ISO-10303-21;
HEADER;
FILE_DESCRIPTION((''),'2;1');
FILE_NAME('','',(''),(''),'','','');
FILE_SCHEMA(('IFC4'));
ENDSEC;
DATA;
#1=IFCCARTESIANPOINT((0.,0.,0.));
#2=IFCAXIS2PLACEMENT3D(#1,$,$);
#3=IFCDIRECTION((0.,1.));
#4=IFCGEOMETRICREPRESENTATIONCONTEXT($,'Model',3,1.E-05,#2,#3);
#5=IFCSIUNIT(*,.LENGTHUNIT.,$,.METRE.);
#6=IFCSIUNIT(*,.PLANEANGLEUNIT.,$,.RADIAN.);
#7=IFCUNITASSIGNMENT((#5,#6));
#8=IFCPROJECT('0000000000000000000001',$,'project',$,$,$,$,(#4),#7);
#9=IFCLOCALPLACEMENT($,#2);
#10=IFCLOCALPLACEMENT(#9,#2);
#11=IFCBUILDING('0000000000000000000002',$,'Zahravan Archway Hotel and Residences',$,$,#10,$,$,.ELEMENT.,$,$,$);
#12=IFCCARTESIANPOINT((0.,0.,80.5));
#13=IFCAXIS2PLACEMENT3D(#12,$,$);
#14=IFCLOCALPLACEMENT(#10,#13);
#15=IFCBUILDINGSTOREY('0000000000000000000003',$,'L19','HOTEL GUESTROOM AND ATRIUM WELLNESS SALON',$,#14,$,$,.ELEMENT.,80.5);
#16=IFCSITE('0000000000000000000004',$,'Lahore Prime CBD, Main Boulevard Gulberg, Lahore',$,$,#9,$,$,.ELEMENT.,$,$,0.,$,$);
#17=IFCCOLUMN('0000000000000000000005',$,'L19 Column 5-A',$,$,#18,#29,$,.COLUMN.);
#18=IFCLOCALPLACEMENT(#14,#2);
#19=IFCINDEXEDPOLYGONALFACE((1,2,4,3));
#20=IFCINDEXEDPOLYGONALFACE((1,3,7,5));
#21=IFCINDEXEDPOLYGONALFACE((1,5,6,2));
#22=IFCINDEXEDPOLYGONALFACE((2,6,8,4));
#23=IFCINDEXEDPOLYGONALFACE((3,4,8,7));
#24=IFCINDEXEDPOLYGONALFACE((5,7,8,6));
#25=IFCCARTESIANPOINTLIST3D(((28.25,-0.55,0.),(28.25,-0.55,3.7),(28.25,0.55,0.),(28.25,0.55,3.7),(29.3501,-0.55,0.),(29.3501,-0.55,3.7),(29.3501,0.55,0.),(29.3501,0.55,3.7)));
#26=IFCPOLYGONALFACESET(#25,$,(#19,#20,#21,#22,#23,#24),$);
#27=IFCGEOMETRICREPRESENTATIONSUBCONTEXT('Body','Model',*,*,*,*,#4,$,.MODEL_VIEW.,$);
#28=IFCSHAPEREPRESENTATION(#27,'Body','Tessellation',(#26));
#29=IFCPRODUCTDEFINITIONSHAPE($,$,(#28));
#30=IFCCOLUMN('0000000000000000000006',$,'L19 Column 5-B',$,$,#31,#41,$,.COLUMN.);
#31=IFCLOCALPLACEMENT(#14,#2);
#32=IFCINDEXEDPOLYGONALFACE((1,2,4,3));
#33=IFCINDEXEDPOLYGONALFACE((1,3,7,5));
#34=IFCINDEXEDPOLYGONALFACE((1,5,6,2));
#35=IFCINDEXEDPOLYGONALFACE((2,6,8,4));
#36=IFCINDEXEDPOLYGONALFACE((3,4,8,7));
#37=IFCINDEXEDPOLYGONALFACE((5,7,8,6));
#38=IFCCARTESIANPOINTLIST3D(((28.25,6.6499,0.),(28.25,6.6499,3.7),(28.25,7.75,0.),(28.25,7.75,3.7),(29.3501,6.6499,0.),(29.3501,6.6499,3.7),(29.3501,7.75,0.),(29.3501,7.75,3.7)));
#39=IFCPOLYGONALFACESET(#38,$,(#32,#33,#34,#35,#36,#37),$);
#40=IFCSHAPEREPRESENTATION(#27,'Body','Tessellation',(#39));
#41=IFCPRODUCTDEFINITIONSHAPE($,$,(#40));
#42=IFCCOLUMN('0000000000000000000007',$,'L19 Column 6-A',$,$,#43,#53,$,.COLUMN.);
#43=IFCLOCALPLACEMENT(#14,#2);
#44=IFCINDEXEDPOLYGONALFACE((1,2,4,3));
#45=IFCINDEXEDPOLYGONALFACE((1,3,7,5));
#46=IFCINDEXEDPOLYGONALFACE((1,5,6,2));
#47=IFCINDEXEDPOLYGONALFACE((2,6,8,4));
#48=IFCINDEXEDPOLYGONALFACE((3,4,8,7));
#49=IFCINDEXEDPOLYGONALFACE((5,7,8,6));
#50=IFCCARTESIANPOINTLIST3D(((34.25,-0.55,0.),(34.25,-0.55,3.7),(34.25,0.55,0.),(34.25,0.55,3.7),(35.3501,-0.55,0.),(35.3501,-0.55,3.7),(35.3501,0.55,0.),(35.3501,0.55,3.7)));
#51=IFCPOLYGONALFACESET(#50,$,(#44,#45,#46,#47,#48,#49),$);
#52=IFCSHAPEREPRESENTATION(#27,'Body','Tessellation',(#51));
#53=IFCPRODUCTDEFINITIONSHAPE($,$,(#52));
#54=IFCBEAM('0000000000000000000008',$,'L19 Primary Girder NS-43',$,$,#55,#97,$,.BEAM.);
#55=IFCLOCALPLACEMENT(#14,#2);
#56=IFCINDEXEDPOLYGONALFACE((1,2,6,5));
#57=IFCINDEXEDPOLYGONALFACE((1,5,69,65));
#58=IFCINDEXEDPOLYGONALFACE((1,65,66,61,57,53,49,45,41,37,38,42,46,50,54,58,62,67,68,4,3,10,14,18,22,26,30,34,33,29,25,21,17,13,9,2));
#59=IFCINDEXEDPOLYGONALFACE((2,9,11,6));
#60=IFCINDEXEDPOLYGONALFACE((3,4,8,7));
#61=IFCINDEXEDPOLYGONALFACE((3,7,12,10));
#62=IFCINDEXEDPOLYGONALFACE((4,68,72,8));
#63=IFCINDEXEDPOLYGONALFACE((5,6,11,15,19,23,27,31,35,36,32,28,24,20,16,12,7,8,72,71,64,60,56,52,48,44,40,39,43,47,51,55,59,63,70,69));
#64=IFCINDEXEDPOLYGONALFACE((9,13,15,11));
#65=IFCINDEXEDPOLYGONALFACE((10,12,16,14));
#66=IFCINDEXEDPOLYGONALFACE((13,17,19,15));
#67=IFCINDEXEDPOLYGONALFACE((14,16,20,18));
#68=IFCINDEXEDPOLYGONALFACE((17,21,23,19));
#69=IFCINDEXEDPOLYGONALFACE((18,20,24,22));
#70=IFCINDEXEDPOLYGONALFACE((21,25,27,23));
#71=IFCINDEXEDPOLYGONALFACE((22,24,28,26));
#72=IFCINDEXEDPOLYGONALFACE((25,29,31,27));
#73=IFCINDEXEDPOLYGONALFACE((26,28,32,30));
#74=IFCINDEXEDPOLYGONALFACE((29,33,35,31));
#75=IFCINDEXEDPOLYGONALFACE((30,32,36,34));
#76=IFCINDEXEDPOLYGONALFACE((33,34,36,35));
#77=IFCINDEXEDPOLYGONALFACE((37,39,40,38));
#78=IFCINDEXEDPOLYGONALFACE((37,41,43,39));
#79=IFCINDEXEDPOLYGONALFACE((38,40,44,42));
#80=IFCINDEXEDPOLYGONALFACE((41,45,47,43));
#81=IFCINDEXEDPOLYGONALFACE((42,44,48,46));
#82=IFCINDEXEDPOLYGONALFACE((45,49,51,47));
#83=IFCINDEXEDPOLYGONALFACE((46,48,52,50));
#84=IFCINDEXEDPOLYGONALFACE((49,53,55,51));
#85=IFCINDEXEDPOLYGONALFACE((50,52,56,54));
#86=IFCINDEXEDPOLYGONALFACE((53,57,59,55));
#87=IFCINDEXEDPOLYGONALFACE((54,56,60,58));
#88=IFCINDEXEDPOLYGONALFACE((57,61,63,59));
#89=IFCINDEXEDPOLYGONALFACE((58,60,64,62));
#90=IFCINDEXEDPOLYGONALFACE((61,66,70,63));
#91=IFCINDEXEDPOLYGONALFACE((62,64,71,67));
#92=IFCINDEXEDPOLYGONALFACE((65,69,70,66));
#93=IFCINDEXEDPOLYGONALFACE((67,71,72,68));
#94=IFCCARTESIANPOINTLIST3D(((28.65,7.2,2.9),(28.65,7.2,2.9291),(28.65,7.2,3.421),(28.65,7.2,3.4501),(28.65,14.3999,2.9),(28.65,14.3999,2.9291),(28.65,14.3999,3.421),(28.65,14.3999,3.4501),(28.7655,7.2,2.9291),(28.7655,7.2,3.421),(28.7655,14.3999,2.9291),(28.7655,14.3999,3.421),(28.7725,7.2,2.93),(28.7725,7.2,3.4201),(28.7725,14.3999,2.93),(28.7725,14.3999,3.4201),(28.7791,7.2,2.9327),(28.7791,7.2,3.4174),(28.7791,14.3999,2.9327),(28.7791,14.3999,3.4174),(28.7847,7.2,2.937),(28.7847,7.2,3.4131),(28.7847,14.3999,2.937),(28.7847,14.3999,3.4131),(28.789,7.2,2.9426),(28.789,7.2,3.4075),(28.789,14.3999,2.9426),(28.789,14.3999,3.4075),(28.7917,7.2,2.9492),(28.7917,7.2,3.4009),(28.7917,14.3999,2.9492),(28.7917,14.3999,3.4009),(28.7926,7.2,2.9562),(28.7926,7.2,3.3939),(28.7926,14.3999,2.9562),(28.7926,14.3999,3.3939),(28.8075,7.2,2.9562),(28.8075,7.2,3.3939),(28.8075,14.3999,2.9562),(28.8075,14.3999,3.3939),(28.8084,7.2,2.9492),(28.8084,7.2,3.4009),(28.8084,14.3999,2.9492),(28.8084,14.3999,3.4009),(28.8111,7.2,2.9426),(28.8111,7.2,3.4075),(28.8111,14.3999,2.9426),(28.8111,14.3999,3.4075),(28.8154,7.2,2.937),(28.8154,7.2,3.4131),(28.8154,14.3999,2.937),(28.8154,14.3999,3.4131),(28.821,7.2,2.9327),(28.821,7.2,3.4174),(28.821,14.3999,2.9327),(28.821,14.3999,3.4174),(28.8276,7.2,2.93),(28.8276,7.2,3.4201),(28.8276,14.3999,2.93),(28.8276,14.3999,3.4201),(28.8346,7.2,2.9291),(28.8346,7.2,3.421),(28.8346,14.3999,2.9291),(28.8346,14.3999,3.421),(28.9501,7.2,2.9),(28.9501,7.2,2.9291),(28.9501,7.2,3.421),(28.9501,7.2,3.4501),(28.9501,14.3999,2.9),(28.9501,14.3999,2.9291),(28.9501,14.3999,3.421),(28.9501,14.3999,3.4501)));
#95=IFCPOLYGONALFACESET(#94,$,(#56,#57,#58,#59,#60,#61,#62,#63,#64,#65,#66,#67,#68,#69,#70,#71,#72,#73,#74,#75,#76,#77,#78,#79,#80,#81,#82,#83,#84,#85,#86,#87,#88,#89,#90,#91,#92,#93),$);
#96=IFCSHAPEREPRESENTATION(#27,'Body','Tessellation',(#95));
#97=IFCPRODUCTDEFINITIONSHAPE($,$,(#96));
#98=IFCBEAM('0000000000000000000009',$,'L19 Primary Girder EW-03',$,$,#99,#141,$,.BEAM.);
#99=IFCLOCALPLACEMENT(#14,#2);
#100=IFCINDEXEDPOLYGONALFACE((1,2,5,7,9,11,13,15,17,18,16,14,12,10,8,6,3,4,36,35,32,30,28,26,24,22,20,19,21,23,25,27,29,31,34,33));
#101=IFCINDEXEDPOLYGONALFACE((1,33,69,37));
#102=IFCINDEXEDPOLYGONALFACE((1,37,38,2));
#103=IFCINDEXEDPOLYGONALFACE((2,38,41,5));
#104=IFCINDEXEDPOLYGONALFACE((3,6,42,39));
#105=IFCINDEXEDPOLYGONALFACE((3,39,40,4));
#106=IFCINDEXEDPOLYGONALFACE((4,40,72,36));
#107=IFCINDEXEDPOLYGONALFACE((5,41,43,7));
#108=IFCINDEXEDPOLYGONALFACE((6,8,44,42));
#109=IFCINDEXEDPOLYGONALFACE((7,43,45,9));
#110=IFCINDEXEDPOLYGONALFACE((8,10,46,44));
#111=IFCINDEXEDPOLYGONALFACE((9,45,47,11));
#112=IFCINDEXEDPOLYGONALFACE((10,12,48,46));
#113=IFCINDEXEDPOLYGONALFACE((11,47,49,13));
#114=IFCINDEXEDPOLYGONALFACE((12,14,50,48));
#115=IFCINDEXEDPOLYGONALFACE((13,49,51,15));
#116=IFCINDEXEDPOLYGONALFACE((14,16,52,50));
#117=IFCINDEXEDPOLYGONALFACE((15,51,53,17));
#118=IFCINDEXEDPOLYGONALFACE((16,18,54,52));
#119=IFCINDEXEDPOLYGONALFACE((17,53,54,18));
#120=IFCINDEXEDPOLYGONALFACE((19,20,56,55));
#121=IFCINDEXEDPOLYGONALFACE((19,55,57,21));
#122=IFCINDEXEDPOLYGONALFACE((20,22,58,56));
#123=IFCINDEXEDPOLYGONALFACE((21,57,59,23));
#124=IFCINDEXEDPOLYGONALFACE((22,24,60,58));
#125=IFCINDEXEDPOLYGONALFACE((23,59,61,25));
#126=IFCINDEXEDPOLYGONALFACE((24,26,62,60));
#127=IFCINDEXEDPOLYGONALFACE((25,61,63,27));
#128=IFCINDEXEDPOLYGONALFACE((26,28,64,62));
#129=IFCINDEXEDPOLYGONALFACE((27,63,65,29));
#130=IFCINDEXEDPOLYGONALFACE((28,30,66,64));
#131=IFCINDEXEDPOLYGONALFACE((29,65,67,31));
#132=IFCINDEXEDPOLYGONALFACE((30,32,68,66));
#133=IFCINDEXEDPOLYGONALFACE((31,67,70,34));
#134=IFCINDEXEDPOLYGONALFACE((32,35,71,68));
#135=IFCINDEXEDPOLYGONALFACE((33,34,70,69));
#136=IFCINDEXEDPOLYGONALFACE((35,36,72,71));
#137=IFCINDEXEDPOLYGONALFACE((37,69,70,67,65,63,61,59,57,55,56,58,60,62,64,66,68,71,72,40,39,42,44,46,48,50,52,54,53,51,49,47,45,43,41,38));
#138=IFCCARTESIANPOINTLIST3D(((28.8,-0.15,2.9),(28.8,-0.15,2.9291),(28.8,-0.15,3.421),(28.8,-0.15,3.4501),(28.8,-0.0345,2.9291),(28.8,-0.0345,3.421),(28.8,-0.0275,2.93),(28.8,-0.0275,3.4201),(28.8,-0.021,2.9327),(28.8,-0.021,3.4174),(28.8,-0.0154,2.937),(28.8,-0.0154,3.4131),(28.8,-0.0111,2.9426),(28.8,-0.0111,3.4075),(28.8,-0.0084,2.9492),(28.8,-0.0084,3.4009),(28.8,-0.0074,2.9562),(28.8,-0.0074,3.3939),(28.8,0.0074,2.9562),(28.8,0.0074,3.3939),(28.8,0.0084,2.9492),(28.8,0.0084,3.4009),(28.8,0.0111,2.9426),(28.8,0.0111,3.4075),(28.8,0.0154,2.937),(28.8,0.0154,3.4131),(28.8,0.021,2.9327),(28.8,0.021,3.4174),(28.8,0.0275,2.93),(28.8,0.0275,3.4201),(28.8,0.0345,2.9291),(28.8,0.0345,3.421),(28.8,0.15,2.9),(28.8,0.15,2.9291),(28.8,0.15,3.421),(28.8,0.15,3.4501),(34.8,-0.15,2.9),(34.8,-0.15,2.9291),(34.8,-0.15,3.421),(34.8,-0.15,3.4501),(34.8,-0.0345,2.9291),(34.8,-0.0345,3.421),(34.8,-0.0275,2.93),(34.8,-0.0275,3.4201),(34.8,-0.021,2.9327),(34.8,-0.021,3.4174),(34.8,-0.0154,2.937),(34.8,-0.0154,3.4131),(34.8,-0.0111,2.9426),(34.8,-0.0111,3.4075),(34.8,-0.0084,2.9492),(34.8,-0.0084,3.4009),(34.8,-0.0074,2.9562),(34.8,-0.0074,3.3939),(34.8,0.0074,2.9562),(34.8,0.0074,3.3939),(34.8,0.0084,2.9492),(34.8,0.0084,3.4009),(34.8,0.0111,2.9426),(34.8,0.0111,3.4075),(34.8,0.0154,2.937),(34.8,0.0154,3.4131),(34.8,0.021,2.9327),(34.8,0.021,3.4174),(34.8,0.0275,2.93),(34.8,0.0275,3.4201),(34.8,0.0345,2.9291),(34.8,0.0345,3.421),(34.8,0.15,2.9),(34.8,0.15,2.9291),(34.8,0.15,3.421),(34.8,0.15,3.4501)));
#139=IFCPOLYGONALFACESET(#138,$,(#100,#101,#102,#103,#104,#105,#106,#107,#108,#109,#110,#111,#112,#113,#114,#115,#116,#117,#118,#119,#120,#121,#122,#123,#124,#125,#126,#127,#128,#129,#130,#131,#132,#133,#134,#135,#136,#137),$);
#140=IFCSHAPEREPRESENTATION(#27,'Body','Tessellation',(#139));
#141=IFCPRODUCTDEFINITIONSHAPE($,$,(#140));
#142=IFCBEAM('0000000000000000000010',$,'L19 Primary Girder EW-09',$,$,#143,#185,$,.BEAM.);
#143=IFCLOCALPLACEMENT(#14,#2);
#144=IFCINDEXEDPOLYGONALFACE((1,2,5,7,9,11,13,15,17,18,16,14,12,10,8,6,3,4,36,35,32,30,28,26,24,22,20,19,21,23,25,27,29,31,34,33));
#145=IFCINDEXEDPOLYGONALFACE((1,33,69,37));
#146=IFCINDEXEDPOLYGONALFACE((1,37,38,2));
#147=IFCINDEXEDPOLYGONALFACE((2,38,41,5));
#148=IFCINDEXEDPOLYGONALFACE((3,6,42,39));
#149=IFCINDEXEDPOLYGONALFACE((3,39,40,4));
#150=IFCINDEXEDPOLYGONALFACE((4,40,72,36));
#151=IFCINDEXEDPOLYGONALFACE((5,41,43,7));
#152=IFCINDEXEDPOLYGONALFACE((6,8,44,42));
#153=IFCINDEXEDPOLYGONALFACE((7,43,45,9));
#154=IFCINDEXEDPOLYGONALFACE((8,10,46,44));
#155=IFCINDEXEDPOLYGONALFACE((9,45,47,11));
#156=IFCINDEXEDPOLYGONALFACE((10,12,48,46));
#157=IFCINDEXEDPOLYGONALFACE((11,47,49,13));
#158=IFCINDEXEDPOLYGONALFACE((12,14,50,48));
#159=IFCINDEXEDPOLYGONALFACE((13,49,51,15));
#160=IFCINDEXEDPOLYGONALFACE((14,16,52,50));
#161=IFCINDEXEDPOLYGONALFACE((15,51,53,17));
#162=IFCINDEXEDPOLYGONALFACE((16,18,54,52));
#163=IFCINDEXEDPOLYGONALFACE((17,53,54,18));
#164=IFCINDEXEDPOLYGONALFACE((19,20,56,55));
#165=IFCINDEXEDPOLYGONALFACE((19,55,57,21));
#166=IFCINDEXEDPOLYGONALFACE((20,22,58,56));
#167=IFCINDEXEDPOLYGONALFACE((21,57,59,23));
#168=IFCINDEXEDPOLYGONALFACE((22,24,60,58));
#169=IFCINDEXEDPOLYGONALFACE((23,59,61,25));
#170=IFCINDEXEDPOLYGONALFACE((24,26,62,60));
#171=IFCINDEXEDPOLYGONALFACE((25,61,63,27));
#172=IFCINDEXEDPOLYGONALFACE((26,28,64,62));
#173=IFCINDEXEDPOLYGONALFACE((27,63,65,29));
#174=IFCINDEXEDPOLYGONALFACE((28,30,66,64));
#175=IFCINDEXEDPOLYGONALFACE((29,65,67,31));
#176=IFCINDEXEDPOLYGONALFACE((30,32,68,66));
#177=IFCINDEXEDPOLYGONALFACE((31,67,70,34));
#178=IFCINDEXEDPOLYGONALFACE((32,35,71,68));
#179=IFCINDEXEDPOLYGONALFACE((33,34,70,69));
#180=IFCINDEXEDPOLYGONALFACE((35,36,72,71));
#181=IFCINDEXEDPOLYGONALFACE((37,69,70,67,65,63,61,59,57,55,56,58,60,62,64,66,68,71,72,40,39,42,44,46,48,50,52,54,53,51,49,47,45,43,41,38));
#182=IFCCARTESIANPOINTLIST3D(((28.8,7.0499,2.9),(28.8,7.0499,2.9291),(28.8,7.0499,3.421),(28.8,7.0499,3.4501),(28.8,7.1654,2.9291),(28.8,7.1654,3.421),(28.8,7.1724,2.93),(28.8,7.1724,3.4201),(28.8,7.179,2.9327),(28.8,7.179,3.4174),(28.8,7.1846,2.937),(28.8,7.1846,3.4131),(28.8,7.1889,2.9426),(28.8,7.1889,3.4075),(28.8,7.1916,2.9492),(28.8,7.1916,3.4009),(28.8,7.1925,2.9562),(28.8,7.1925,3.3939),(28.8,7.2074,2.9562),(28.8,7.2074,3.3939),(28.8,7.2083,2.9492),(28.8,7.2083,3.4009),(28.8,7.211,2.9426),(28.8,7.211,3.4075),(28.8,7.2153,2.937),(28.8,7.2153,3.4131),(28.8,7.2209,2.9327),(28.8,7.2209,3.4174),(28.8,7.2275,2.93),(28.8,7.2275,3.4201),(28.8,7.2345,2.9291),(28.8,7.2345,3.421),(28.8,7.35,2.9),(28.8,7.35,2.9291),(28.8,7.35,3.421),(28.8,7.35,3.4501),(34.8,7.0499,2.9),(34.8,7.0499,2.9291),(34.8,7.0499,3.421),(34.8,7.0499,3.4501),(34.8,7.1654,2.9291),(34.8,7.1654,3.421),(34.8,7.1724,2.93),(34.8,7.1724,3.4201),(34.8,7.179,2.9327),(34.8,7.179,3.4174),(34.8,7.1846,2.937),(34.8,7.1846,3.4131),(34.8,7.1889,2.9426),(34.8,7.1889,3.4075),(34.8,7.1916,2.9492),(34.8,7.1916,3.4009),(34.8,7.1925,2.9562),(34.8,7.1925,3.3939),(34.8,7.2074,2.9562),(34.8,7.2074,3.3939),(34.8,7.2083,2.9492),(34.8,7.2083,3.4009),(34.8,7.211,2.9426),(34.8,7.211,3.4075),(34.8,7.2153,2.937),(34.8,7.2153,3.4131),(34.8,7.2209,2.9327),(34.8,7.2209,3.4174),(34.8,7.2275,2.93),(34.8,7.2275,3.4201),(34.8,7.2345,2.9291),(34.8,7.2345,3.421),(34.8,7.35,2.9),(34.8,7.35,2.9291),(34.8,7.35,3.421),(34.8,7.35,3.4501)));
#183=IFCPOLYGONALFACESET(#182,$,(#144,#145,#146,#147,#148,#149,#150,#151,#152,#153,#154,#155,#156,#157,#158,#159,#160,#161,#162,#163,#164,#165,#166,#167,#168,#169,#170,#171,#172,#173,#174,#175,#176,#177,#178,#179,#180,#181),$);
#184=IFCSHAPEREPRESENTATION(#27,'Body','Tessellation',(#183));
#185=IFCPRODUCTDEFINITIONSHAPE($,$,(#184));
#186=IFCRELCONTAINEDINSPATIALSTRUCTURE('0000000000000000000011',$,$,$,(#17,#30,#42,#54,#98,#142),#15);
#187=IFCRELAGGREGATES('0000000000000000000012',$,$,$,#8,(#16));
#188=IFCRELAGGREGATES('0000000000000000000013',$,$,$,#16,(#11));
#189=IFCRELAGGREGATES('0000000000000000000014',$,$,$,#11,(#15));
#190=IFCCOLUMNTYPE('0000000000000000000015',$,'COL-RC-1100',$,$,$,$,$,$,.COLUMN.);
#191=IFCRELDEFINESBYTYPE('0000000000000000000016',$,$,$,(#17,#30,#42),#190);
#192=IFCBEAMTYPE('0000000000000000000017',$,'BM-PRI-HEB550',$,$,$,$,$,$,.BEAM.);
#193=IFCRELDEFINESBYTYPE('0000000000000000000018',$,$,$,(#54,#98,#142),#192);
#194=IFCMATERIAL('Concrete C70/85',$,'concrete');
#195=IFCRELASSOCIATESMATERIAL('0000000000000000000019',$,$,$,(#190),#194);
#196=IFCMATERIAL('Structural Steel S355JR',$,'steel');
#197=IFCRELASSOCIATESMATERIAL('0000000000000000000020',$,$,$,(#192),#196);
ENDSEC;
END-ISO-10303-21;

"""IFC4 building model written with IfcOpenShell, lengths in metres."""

from ifc_helpers import new_model, si_unit, direction, frame, origin, origin_2d, place, context, subcontext, project, spatial, rectangle, i_section, extrude, source, transform, mapped, material, material_profile, profile_set, type_object, element, save


model = new_model("IFC4")

# Units and contexts
model_context = context("Model", 3, precision=1e-05, world=origin(), true_north=direction((0.0, 1.0)))
body_context = subcontext(model_context, "Body", "Model", "MODEL_VIEW")
ifc_project = project(units=[si_unit("LENGTHUNIT", "METRE"), si_unit("PLANEANGLEUNIT", "RADIAN")], contexts=[model_context])

# Site, building, storey
site_placement = place(None, origin())
site = spatial("IfcSite", under=ifc_project, at=site_placement, Name="Lahore Prime CBD, Main Boulevard Gulberg, Lahore", CompositionType="ELEMENT", RefElevation=0.0)
building_placement = place(site_placement, origin())
building = spatial("IfcBuilding", under=site, at=building_placement, Name="Zahravan Archway Hotel and Residences", CompositionType="ELEMENT")
storey_placement = place(building_placement, frame((0.0, 0.0, 80.5)))
storey = spatial("IfcBuildingStorey", under=building, at=storey_placement, Name="L19", Description="HOTEL GUESTROOM AND ATRIUM WELLNESS SALON", CompositionType="ELEMENT", Elevation=80.5)

# Columns
ifc_material_1 = material(Name="Concrete C70/85", Category="concrete")
ifc_material_profile_1 = material_profile(ifc_material_1, rectangle(XDim=1.1001, YDim=1.1001, at=origin_2d()), Name="RC 1100x1100", Category="concrete")
ifc_profile_set_1 = profile_set([ifc_material_profile_1], Name="Concrete C70/85")
column_type = type_object("IfcColumnType", Name="COL-RC-1100", PredefinedType="COLUMN", material=ifc_profile_set_1)
shared_shape_1 = source(origin(), body_context, "Body", "SweptSolid", [
    extrude(rectangle(XDim=1.1001, YDim=1.1001, at=origin_2d()), origin(), (0.0, 0.0, 1.0), 3.7),
])
for number, where, z_axis, x_axis, name in (
    (1, (28.8, 0.0, 0.0), (0.0, 0.0, 1.0), (1.0, 0.0, 0.0), "L19 Column 5-A"),
    (2, (28.8, 7.2, 0.0), (0.0, 0.0, 1.0), (1.0, 0.0, 0.0), "L19 Column 5-B"),
    (3, (34.8, 0.0, 0.0), (0.0, 0.0, 1.0), (1.0, 0.0, 0.0), "L19 Column 6-A"),
):
    element("IfcColumn", number, at=place(storey_placement, frame(where, z_axis=z_axis, x_axis=x_axis)), inside=storey, type_object=column_type, Name=name, PredefinedType="COLUMN", context=body_context, shape_type="MappedRepresentation", body=[
        mapped(shared_shape_1, transform((0.0, 0.0, 0.0), scale=1.0)),
    ])

# Beams
ifc_material_2 = material(Name="Structural Steel S355JR", Category="steel")
ifc_material_profile_2 = material_profile(ifc_material_2, i_section(OverallWidth=0.3, OverallDepth=0.55, WebThickness=0.0149, FlangeThickness=0.0291, FilletRadius=0.0271, at=origin_2d()), Name="HEB 550", Category="steel")
ifc_profile_set_2 = profile_set([ifc_material_profile_2], Name="Structural Steel S355JR")
beam_type_1 = type_object("IfcBeamType", Name="BM-PRI-HEB550", PredefinedType="BEAM", material=ifc_profile_set_2)
shared_shape_2 = source(origin(), body_context, "Body", "SweptSolid", [
    extrude(i_section(OverallWidth=0.3, OverallDepth=0.55, WebThickness=0.0149, FlangeThickness=0.0291, FilletRadius=0.0271, at=origin_2d()), origin(), (0.0, 0.0, 1.0), 7.2),
])
beam_1_placement = place(storey_placement, frame((28.8, 7.2, 3.175), z_axis=(0.0, 1.0, 0.0), x_axis=(-1.0, 0.0, 0.0)))
element("IfcBeam", 4, at=beam_1_placement, inside=storey, type_object=beam_type_1, Name="L19 Primary Girder NS-43", PredefinedType="BEAM", context=body_context, shape_type="MappedRepresentation", body=[
    mapped(shared_shape_2, transform((0.0, 0.0, 0.0), scale=1.0)),
])
shared_shape_3 = source(origin(), body_context, "Body", "SweptSolid", [
    extrude(i_section(OverallWidth=0.3, OverallDepth=0.55, WebThickness=0.0149, FlangeThickness=0.0291, FilletRadius=0.0271, at=origin_2d()), origin(), (0.0, 0.0, 1.0), 6.0),
])
for number, where, z_axis, x_axis, name in (
    (5, (28.8, 0.0, 3.175), (1.0, 0.0, 0.0), (0.0, 1.0, 0.0), "L19 Primary Girder EW-03"),
    (6, (28.8, 7.2, 3.175), (1.0, 0.0, 0.0), (0.0, 1.0, 0.0), "L19 Primary Girder EW-09"),
):
    element("IfcBeam", number, at=place(storey_placement, frame(where, z_axis=z_axis, x_axis=x_axis)), inside=storey, type_object=beam_type_1, Name=name, PredefinedType="BEAM", context=body_context, shape_type="MappedRepresentation", body=[
        mapped(shared_shape_3, transform((0.0, 0.0, 0.0), scale=1.0)),
    ])

save(model, "model.ifc")
